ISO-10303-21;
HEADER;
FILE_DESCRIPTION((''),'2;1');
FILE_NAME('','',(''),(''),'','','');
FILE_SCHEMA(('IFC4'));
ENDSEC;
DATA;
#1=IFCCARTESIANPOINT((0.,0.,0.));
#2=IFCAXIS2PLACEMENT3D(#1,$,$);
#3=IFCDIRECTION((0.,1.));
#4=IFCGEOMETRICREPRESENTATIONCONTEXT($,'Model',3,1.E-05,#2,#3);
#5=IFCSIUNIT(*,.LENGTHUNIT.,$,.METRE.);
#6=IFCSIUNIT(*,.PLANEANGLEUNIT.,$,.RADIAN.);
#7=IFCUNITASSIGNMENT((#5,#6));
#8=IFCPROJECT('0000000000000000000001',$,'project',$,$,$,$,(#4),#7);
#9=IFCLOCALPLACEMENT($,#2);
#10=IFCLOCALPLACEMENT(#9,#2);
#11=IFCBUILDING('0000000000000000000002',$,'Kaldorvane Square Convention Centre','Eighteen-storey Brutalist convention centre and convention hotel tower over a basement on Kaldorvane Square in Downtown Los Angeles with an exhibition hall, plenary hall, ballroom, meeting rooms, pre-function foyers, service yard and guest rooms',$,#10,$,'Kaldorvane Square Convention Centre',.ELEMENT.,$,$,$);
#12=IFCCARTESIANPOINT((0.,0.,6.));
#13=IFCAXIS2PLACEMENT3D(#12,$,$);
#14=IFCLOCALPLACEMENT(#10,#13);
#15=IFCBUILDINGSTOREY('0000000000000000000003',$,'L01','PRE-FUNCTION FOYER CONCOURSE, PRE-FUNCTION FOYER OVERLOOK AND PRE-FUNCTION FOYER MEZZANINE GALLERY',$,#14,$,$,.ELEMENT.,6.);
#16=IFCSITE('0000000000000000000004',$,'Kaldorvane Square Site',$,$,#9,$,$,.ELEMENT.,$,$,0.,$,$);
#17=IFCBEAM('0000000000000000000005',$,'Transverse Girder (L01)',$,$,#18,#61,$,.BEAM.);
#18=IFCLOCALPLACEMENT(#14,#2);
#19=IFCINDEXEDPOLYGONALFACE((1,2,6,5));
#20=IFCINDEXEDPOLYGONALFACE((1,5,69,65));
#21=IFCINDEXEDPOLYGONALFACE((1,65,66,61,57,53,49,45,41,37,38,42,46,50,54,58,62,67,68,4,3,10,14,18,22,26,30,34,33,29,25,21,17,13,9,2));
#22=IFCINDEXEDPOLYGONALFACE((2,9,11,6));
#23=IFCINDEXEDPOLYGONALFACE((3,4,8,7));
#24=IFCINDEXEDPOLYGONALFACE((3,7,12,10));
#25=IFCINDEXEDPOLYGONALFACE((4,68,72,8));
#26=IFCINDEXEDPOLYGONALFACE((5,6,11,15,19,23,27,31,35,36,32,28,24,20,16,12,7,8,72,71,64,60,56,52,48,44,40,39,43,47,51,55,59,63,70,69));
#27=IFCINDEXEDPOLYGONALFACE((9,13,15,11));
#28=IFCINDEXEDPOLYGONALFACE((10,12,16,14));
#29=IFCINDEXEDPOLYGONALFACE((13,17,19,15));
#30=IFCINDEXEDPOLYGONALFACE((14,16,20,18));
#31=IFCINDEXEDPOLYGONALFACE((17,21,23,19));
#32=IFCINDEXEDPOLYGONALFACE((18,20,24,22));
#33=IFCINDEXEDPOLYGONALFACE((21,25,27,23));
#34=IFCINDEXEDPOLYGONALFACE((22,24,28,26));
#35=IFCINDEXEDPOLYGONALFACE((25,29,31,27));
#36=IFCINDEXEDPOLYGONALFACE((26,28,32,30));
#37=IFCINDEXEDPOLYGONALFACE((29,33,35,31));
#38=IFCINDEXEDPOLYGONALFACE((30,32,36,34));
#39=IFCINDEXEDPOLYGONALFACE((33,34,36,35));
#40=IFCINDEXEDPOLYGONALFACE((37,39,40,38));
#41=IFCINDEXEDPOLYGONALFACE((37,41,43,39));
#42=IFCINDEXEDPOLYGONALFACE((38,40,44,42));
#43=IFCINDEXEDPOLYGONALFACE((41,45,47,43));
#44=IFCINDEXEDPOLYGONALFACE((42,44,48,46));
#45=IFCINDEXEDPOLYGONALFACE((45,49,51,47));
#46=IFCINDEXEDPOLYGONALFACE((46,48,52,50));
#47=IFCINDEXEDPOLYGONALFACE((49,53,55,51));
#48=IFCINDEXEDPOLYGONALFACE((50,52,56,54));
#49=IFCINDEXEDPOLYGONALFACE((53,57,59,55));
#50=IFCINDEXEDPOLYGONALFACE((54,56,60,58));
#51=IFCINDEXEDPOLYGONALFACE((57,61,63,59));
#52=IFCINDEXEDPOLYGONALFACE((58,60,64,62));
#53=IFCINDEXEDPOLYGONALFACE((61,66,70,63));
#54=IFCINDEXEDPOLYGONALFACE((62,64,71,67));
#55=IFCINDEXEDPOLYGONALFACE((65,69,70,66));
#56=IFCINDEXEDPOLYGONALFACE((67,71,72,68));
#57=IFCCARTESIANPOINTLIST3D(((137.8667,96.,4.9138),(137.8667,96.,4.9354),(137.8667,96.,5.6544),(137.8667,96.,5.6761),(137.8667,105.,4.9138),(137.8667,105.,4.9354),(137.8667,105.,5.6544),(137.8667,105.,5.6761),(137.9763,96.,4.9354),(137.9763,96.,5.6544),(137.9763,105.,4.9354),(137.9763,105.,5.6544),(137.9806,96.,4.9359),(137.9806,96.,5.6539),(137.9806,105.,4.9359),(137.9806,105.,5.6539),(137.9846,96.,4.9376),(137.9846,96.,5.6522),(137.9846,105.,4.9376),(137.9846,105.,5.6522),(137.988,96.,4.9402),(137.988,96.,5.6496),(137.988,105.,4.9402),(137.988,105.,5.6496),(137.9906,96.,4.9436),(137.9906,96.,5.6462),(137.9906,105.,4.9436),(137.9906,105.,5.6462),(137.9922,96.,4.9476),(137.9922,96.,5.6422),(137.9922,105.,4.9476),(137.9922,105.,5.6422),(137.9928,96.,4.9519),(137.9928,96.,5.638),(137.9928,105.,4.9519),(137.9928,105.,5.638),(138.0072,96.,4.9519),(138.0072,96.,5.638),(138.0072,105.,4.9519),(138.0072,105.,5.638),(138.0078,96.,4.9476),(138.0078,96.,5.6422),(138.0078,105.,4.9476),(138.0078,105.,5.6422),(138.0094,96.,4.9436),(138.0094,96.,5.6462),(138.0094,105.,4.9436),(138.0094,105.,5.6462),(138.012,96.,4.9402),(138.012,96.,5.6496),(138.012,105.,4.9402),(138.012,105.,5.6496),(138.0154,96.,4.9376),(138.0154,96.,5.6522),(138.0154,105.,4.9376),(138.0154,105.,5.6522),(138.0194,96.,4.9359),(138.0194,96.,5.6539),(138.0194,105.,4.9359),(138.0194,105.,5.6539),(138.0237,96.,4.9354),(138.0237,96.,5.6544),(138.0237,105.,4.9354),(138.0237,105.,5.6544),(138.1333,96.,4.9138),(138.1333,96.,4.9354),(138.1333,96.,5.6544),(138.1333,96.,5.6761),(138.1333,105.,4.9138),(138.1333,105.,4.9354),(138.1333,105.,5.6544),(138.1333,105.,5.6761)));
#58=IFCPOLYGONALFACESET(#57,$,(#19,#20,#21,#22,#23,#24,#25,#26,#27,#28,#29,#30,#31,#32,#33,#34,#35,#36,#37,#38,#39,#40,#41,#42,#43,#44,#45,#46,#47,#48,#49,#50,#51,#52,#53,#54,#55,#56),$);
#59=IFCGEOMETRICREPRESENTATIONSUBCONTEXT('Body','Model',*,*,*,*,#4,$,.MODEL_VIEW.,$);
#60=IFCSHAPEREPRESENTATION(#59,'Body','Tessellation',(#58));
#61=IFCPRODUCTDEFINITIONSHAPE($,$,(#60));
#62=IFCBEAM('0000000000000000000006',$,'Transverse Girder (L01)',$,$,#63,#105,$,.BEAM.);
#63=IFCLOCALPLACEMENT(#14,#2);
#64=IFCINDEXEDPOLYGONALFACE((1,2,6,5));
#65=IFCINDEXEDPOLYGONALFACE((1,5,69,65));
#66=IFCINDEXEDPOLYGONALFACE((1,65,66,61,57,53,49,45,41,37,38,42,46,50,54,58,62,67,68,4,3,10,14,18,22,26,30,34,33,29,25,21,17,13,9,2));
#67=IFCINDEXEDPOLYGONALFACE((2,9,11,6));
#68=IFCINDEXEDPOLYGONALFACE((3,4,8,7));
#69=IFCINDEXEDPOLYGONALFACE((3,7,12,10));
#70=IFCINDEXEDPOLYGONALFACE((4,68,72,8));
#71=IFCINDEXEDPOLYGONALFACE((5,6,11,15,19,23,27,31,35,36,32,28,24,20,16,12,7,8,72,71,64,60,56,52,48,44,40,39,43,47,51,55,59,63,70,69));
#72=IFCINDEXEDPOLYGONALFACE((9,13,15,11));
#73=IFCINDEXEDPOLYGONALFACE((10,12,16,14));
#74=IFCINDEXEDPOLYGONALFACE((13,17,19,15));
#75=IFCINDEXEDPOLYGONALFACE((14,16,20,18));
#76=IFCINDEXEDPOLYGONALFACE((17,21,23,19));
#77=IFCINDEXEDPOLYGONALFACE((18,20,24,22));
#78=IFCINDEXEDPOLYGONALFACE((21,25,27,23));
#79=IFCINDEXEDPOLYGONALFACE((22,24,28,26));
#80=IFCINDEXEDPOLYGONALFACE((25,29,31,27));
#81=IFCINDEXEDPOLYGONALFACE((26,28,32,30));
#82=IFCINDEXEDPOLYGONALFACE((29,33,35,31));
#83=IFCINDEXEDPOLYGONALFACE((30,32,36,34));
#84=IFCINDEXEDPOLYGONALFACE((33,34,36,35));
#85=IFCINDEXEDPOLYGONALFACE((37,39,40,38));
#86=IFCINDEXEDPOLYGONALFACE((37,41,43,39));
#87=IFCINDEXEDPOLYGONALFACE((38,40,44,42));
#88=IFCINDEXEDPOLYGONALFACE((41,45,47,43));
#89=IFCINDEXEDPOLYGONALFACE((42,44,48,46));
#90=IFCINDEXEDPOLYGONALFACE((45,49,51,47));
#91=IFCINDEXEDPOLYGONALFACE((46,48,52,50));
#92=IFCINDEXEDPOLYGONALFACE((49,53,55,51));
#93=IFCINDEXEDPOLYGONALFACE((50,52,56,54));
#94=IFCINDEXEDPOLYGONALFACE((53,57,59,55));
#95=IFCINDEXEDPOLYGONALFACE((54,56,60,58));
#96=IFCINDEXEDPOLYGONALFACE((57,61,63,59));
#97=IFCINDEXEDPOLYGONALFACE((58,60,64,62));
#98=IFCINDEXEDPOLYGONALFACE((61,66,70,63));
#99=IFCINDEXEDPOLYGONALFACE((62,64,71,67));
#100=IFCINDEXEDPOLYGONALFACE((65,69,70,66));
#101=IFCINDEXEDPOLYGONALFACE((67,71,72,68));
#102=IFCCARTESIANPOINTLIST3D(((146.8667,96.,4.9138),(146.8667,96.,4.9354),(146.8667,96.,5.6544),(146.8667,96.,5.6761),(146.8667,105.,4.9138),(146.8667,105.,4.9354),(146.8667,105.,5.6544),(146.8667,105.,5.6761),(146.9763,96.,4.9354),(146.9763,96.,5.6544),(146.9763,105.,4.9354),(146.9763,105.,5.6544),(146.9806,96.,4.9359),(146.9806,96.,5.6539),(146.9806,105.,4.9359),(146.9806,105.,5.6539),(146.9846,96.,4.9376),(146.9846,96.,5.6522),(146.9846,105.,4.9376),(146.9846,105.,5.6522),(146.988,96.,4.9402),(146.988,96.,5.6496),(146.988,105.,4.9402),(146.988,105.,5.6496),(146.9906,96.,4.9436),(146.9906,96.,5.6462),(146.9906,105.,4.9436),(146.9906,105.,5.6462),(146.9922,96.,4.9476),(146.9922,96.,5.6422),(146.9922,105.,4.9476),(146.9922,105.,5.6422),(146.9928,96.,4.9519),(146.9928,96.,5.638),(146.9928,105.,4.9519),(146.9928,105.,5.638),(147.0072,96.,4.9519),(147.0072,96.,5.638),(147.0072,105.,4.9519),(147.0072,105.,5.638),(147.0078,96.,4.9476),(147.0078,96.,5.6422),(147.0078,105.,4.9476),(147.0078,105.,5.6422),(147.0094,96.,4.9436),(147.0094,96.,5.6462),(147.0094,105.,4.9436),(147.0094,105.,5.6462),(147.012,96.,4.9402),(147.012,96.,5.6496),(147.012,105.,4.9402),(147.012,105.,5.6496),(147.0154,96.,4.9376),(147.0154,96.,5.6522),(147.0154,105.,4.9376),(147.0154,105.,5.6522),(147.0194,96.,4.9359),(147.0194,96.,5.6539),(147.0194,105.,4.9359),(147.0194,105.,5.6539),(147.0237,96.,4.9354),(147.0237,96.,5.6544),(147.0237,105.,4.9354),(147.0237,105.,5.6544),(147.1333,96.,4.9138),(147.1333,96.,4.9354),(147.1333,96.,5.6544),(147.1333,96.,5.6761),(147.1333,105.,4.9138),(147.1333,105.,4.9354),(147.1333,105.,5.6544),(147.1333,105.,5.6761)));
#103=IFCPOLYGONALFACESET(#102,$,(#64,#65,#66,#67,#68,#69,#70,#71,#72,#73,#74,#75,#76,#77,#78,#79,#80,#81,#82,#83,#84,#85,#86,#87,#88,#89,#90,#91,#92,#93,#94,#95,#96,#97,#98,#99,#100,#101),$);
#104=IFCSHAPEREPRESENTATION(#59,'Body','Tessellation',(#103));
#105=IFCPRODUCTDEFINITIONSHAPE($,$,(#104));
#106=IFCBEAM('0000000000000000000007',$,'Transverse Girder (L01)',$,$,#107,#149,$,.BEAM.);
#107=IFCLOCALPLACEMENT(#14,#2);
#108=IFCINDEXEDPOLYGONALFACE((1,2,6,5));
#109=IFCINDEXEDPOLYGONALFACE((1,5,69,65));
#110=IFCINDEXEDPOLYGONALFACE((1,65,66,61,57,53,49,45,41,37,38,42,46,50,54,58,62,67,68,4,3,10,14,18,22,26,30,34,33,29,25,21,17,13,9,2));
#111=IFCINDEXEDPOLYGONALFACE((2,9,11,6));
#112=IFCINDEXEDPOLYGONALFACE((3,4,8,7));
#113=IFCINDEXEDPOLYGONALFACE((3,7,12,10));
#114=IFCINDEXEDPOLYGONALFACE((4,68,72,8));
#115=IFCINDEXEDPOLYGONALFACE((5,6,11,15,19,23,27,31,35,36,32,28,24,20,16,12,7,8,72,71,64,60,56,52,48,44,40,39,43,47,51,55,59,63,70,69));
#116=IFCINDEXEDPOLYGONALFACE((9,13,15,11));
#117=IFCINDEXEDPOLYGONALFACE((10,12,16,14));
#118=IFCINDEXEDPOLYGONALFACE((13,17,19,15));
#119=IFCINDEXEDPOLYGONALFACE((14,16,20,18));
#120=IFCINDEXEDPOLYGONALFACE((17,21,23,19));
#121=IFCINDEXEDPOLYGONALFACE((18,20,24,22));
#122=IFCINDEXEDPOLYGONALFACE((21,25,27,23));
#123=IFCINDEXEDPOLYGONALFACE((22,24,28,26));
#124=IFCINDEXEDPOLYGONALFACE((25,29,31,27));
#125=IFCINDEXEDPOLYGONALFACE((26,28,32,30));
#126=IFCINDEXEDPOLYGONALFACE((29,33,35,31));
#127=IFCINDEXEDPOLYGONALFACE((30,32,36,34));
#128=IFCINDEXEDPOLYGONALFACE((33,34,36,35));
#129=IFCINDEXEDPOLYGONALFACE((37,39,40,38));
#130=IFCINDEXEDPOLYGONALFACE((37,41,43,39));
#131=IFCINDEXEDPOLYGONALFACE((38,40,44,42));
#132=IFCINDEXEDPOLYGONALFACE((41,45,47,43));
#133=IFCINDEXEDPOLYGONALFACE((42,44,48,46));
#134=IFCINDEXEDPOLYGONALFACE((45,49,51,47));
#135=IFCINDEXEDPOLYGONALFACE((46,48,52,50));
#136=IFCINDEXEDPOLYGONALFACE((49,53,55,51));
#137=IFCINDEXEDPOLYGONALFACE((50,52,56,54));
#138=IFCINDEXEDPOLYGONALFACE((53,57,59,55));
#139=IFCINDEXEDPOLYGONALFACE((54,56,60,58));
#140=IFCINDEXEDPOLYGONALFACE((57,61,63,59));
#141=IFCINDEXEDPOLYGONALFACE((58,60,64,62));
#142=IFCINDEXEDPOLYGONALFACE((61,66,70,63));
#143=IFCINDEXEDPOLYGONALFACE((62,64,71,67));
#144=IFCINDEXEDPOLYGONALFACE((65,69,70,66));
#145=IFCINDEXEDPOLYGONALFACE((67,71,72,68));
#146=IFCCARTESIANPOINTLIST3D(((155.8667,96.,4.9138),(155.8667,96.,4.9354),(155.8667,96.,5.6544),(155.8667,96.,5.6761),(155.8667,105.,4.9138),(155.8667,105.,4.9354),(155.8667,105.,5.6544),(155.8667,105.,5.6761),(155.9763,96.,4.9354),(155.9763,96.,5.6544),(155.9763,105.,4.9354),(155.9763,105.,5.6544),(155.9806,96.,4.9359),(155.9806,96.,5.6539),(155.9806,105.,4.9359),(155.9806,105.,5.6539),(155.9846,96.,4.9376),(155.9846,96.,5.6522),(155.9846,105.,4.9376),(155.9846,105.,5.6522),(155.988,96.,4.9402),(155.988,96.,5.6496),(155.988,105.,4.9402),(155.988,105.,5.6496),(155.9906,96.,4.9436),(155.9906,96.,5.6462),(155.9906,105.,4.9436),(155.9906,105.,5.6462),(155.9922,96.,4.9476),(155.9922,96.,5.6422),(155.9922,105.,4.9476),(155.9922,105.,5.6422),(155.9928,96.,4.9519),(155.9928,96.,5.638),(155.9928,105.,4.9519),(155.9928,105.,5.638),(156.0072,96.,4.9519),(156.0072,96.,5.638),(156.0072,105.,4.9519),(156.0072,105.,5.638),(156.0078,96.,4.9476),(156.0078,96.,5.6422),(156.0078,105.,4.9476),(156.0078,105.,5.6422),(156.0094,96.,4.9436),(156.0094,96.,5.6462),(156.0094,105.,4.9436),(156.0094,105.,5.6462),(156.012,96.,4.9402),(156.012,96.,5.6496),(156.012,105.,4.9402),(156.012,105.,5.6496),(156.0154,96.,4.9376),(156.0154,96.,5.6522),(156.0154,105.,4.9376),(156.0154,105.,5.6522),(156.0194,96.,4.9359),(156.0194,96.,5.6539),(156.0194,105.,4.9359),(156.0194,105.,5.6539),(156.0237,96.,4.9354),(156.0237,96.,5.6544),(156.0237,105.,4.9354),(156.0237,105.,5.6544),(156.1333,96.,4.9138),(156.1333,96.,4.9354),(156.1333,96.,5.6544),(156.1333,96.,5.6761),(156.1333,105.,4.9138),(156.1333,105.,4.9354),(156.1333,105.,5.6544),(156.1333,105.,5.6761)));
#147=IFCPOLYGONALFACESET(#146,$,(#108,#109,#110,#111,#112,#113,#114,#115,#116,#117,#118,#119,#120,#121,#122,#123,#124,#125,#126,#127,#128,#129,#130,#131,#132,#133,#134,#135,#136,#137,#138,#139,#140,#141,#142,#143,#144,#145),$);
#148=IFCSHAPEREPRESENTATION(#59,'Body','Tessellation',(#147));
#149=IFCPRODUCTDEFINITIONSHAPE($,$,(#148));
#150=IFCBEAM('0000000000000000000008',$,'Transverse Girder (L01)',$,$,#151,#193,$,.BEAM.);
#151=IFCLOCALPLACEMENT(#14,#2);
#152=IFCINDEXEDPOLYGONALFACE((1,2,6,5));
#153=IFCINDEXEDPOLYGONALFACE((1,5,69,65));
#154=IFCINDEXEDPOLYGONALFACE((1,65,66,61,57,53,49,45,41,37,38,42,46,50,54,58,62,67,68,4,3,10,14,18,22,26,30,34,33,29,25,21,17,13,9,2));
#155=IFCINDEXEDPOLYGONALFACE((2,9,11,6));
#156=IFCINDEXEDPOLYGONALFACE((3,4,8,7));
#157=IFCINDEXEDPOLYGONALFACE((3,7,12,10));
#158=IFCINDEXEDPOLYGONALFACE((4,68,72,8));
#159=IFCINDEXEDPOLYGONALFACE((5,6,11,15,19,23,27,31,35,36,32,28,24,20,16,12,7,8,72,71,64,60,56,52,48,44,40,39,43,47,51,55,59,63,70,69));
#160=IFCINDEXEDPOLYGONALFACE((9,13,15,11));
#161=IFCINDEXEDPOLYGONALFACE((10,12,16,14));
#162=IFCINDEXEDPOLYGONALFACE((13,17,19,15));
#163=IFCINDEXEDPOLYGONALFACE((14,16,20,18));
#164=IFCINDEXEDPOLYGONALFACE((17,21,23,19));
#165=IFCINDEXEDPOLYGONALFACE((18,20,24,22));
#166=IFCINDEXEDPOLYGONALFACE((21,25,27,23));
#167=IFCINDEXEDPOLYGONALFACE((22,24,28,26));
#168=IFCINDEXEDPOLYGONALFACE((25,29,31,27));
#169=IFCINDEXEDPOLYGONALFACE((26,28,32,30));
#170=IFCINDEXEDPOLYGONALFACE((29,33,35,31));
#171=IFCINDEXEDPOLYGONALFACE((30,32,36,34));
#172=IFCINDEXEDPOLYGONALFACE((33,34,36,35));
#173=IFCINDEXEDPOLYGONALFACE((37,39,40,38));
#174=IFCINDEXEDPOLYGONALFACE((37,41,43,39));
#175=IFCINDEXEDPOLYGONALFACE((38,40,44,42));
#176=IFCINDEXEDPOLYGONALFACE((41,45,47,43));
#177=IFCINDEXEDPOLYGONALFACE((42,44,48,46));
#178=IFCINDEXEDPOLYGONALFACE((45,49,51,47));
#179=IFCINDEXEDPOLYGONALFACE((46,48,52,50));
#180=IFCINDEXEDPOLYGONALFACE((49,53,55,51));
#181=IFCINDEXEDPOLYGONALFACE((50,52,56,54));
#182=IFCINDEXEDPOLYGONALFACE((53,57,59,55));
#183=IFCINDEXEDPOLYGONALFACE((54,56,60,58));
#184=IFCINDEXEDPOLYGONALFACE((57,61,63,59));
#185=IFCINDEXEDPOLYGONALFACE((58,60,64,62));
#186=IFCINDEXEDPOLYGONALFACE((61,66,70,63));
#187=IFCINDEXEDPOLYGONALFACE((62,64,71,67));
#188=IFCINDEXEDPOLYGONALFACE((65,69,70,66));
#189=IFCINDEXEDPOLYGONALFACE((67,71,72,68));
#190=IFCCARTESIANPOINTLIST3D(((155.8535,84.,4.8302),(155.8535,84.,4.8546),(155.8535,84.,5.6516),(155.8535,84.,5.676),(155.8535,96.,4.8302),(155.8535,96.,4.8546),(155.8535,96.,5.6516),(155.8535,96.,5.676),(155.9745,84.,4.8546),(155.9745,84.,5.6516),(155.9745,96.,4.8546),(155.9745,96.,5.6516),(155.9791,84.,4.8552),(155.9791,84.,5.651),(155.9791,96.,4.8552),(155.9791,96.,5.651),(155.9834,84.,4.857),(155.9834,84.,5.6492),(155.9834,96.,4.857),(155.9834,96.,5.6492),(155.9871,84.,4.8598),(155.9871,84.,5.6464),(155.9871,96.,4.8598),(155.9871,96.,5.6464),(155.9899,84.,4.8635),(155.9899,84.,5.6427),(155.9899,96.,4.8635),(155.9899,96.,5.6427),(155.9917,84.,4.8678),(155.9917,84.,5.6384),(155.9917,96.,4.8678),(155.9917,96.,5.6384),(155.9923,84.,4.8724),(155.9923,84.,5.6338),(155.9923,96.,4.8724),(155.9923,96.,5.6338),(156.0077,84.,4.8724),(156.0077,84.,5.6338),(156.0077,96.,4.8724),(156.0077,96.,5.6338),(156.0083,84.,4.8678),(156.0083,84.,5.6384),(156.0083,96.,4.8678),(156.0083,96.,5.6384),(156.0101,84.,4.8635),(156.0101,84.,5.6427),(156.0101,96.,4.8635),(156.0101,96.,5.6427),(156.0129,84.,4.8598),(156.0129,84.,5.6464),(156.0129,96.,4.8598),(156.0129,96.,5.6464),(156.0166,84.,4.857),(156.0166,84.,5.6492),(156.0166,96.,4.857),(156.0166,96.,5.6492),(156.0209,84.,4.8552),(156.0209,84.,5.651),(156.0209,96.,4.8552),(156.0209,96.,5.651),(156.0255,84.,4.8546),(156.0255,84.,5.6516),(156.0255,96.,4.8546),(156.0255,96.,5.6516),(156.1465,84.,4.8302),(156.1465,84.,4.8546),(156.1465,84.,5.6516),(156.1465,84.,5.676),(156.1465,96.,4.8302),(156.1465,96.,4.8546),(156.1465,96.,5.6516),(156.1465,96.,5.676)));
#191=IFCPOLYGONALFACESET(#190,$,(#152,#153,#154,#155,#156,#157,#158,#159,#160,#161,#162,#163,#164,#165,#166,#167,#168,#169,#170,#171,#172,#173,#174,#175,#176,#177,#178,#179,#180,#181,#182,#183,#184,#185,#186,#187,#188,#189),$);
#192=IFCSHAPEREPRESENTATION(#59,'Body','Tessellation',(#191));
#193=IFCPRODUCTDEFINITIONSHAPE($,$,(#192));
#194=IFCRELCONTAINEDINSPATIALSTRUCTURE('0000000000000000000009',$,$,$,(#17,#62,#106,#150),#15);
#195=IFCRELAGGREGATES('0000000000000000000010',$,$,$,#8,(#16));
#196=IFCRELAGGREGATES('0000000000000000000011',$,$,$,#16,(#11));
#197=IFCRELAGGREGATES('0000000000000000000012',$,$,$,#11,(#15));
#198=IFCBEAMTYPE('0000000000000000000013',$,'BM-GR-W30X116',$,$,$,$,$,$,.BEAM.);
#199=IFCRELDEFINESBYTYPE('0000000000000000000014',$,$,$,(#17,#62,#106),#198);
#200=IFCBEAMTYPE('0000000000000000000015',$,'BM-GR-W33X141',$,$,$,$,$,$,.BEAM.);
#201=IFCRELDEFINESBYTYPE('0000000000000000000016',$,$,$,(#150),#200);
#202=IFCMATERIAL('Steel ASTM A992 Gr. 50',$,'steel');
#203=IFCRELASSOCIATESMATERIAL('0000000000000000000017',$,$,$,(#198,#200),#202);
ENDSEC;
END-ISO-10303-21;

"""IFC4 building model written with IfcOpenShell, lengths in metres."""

from ifc_helpers import new_model, si_unit, direction, frame, origin, origin_2d, place, context, subcontext, project, spatial, i_section, extrude, material, material_profile, profile_set, type_object, element, save


model = new_model("IFC4")

# Units and contexts
model_context = context("Model", 3, precision=1e-05, world=origin(), true_north=direction((0.0, 1.0)))
body_context = subcontext(model_context, "Body", "Model", "MODEL_VIEW")
ifc_project = project(units=[si_unit("LENGTHUNIT", "METRE"), si_unit("PLANEANGLEUNIT", "RADIAN")], contexts=[model_context])

# Site, building, storey
site_placement = place(None, origin())
site = spatial("IfcSite", under=ifc_project, at=site_placement, Name="Kaldorvane Square Site", CompositionType="ELEMENT", RefElevation=0.0)
building_placement = place(site_placement, origin())
building = spatial("IfcBuilding", under=site, at=building_placement, Name="Kaldorvane Square Convention Centre", Description="Eighteen-storey Brutalist convention centre and convention hotel tower over a basement on Kaldorvane Square in Downtown Los Angeles with an exhibition hall, plenary hall, ballroom, meeting rooms, pre-function foyers, service yard and guest rooms", LongName="Kaldorvane Square Convention Centre", CompositionType="ELEMENT")
storey_placement = place(building_placement, frame((0.0, 0.0, 6.0)))
storey = spatial("IfcBuildingStorey", under=building, at=storey_placement, Name="L01", Description="PRE-FUNCTION FOYER CONCOURSE, PRE-FUNCTION FOYER OVERLOOK AND PRE-FUNCTION FOYER MEZZANINE GALLERY", CompositionType="ELEMENT", Elevation=6.0)

# Shared definitions
ifc_material_1 = material(Name="Steel ASTM A992 Gr. 50", Category="steel")

# Beams
ifc_material_profile_1 = material_profile(ifc_material_1, i_section(OverallWidth=0.2666, OverallDepth=0.7623, WebThickness=0.0144, FlangeThickness=0.0216, FilletRadius=0.0165, at=origin_2d()), Name="W30X116")
ifc_profile_set_1 = profile_set([ifc_material_profile_1], Name="Steel ASTM A992 Gr. 50")
beam_type_1 = type_object("IfcBeamType", Name="BM-GR-W30X116", PredefinedType="BEAM", material=ifc_profile_set_1)
for number, where, z_axis, x_axis, name in (
    (1, (138.0, 96.0, 5.2949), (0.0, 1.0, 0.0), (-1.0, 0.0, 0.0), "Transverse Girder (L01)"),
    (2, (147.0, 96.0, 5.2949), (0.0, 1.0, 0.0), (-1.0, 0.0, 0.0), "Transverse Girder (L01)"),
    (3, (156.0, 96.0, 5.2949), (0.0, 1.0, 0.0), (-1.0, 0.0, 0.0), "Transverse Girder (L01)"),
):
    element("IfcBeam", number, at=place(storey_placement, frame(where, z_axis=z_axis, x_axis=x_axis)), inside=storey, type_object=beam_type_1, Name=name, PredefinedType="BEAM", context=body_context, shape_type="SweptSolid", body=[
        extrude(i_section(OverallWidth=0.2666, OverallDepth=0.7623, WebThickness=0.0144, FlangeThickness=0.0216, FilletRadius=0.0165, at=origin_2d()), origin(), (0.0, 0.0, 1.0), 9.0),
    ])
ifc_material_profile_2 = material_profile(ifc_material_1, i_section(OverallWidth=0.293, OverallDepth=0.8458, WebThickness=0.0154, FlangeThickness=0.0244, FilletRadius=0.0178, at=origin_2d()), Name="W33X141")
ifc_profile_set_2 = profile_set([ifc_material_profile_2], Name="Steel ASTM A992 Gr. 50")
beam_type_2 = type_object("IfcBeamType", Name="BM-GR-W33X141", PredefinedType="BEAM", material=ifc_profile_set_2)
beam_placement = place(storey_placement, frame((156.0, 84.0, 5.2531), z_axis=(0.0, 1.0, 0.0), x_axis=(-1.0, 0.0, 0.0)))
element("IfcBeam", 4, at=beam_placement, inside=storey, type_object=beam_type_2, Name="Transverse Girder (L01)", PredefinedType="BEAM", context=body_context, shape_type="SweptSolid", body=[
    extrude(i_section(OverallWidth=0.293, OverallDepth=0.8458, WebThickness=0.0154, FlangeThickness=0.0244, FilletRadius=0.0178, at=origin_2d()), origin(), (0.0, 0.0, 1.0), 12.0),
])

save(model, "model.ifc")
